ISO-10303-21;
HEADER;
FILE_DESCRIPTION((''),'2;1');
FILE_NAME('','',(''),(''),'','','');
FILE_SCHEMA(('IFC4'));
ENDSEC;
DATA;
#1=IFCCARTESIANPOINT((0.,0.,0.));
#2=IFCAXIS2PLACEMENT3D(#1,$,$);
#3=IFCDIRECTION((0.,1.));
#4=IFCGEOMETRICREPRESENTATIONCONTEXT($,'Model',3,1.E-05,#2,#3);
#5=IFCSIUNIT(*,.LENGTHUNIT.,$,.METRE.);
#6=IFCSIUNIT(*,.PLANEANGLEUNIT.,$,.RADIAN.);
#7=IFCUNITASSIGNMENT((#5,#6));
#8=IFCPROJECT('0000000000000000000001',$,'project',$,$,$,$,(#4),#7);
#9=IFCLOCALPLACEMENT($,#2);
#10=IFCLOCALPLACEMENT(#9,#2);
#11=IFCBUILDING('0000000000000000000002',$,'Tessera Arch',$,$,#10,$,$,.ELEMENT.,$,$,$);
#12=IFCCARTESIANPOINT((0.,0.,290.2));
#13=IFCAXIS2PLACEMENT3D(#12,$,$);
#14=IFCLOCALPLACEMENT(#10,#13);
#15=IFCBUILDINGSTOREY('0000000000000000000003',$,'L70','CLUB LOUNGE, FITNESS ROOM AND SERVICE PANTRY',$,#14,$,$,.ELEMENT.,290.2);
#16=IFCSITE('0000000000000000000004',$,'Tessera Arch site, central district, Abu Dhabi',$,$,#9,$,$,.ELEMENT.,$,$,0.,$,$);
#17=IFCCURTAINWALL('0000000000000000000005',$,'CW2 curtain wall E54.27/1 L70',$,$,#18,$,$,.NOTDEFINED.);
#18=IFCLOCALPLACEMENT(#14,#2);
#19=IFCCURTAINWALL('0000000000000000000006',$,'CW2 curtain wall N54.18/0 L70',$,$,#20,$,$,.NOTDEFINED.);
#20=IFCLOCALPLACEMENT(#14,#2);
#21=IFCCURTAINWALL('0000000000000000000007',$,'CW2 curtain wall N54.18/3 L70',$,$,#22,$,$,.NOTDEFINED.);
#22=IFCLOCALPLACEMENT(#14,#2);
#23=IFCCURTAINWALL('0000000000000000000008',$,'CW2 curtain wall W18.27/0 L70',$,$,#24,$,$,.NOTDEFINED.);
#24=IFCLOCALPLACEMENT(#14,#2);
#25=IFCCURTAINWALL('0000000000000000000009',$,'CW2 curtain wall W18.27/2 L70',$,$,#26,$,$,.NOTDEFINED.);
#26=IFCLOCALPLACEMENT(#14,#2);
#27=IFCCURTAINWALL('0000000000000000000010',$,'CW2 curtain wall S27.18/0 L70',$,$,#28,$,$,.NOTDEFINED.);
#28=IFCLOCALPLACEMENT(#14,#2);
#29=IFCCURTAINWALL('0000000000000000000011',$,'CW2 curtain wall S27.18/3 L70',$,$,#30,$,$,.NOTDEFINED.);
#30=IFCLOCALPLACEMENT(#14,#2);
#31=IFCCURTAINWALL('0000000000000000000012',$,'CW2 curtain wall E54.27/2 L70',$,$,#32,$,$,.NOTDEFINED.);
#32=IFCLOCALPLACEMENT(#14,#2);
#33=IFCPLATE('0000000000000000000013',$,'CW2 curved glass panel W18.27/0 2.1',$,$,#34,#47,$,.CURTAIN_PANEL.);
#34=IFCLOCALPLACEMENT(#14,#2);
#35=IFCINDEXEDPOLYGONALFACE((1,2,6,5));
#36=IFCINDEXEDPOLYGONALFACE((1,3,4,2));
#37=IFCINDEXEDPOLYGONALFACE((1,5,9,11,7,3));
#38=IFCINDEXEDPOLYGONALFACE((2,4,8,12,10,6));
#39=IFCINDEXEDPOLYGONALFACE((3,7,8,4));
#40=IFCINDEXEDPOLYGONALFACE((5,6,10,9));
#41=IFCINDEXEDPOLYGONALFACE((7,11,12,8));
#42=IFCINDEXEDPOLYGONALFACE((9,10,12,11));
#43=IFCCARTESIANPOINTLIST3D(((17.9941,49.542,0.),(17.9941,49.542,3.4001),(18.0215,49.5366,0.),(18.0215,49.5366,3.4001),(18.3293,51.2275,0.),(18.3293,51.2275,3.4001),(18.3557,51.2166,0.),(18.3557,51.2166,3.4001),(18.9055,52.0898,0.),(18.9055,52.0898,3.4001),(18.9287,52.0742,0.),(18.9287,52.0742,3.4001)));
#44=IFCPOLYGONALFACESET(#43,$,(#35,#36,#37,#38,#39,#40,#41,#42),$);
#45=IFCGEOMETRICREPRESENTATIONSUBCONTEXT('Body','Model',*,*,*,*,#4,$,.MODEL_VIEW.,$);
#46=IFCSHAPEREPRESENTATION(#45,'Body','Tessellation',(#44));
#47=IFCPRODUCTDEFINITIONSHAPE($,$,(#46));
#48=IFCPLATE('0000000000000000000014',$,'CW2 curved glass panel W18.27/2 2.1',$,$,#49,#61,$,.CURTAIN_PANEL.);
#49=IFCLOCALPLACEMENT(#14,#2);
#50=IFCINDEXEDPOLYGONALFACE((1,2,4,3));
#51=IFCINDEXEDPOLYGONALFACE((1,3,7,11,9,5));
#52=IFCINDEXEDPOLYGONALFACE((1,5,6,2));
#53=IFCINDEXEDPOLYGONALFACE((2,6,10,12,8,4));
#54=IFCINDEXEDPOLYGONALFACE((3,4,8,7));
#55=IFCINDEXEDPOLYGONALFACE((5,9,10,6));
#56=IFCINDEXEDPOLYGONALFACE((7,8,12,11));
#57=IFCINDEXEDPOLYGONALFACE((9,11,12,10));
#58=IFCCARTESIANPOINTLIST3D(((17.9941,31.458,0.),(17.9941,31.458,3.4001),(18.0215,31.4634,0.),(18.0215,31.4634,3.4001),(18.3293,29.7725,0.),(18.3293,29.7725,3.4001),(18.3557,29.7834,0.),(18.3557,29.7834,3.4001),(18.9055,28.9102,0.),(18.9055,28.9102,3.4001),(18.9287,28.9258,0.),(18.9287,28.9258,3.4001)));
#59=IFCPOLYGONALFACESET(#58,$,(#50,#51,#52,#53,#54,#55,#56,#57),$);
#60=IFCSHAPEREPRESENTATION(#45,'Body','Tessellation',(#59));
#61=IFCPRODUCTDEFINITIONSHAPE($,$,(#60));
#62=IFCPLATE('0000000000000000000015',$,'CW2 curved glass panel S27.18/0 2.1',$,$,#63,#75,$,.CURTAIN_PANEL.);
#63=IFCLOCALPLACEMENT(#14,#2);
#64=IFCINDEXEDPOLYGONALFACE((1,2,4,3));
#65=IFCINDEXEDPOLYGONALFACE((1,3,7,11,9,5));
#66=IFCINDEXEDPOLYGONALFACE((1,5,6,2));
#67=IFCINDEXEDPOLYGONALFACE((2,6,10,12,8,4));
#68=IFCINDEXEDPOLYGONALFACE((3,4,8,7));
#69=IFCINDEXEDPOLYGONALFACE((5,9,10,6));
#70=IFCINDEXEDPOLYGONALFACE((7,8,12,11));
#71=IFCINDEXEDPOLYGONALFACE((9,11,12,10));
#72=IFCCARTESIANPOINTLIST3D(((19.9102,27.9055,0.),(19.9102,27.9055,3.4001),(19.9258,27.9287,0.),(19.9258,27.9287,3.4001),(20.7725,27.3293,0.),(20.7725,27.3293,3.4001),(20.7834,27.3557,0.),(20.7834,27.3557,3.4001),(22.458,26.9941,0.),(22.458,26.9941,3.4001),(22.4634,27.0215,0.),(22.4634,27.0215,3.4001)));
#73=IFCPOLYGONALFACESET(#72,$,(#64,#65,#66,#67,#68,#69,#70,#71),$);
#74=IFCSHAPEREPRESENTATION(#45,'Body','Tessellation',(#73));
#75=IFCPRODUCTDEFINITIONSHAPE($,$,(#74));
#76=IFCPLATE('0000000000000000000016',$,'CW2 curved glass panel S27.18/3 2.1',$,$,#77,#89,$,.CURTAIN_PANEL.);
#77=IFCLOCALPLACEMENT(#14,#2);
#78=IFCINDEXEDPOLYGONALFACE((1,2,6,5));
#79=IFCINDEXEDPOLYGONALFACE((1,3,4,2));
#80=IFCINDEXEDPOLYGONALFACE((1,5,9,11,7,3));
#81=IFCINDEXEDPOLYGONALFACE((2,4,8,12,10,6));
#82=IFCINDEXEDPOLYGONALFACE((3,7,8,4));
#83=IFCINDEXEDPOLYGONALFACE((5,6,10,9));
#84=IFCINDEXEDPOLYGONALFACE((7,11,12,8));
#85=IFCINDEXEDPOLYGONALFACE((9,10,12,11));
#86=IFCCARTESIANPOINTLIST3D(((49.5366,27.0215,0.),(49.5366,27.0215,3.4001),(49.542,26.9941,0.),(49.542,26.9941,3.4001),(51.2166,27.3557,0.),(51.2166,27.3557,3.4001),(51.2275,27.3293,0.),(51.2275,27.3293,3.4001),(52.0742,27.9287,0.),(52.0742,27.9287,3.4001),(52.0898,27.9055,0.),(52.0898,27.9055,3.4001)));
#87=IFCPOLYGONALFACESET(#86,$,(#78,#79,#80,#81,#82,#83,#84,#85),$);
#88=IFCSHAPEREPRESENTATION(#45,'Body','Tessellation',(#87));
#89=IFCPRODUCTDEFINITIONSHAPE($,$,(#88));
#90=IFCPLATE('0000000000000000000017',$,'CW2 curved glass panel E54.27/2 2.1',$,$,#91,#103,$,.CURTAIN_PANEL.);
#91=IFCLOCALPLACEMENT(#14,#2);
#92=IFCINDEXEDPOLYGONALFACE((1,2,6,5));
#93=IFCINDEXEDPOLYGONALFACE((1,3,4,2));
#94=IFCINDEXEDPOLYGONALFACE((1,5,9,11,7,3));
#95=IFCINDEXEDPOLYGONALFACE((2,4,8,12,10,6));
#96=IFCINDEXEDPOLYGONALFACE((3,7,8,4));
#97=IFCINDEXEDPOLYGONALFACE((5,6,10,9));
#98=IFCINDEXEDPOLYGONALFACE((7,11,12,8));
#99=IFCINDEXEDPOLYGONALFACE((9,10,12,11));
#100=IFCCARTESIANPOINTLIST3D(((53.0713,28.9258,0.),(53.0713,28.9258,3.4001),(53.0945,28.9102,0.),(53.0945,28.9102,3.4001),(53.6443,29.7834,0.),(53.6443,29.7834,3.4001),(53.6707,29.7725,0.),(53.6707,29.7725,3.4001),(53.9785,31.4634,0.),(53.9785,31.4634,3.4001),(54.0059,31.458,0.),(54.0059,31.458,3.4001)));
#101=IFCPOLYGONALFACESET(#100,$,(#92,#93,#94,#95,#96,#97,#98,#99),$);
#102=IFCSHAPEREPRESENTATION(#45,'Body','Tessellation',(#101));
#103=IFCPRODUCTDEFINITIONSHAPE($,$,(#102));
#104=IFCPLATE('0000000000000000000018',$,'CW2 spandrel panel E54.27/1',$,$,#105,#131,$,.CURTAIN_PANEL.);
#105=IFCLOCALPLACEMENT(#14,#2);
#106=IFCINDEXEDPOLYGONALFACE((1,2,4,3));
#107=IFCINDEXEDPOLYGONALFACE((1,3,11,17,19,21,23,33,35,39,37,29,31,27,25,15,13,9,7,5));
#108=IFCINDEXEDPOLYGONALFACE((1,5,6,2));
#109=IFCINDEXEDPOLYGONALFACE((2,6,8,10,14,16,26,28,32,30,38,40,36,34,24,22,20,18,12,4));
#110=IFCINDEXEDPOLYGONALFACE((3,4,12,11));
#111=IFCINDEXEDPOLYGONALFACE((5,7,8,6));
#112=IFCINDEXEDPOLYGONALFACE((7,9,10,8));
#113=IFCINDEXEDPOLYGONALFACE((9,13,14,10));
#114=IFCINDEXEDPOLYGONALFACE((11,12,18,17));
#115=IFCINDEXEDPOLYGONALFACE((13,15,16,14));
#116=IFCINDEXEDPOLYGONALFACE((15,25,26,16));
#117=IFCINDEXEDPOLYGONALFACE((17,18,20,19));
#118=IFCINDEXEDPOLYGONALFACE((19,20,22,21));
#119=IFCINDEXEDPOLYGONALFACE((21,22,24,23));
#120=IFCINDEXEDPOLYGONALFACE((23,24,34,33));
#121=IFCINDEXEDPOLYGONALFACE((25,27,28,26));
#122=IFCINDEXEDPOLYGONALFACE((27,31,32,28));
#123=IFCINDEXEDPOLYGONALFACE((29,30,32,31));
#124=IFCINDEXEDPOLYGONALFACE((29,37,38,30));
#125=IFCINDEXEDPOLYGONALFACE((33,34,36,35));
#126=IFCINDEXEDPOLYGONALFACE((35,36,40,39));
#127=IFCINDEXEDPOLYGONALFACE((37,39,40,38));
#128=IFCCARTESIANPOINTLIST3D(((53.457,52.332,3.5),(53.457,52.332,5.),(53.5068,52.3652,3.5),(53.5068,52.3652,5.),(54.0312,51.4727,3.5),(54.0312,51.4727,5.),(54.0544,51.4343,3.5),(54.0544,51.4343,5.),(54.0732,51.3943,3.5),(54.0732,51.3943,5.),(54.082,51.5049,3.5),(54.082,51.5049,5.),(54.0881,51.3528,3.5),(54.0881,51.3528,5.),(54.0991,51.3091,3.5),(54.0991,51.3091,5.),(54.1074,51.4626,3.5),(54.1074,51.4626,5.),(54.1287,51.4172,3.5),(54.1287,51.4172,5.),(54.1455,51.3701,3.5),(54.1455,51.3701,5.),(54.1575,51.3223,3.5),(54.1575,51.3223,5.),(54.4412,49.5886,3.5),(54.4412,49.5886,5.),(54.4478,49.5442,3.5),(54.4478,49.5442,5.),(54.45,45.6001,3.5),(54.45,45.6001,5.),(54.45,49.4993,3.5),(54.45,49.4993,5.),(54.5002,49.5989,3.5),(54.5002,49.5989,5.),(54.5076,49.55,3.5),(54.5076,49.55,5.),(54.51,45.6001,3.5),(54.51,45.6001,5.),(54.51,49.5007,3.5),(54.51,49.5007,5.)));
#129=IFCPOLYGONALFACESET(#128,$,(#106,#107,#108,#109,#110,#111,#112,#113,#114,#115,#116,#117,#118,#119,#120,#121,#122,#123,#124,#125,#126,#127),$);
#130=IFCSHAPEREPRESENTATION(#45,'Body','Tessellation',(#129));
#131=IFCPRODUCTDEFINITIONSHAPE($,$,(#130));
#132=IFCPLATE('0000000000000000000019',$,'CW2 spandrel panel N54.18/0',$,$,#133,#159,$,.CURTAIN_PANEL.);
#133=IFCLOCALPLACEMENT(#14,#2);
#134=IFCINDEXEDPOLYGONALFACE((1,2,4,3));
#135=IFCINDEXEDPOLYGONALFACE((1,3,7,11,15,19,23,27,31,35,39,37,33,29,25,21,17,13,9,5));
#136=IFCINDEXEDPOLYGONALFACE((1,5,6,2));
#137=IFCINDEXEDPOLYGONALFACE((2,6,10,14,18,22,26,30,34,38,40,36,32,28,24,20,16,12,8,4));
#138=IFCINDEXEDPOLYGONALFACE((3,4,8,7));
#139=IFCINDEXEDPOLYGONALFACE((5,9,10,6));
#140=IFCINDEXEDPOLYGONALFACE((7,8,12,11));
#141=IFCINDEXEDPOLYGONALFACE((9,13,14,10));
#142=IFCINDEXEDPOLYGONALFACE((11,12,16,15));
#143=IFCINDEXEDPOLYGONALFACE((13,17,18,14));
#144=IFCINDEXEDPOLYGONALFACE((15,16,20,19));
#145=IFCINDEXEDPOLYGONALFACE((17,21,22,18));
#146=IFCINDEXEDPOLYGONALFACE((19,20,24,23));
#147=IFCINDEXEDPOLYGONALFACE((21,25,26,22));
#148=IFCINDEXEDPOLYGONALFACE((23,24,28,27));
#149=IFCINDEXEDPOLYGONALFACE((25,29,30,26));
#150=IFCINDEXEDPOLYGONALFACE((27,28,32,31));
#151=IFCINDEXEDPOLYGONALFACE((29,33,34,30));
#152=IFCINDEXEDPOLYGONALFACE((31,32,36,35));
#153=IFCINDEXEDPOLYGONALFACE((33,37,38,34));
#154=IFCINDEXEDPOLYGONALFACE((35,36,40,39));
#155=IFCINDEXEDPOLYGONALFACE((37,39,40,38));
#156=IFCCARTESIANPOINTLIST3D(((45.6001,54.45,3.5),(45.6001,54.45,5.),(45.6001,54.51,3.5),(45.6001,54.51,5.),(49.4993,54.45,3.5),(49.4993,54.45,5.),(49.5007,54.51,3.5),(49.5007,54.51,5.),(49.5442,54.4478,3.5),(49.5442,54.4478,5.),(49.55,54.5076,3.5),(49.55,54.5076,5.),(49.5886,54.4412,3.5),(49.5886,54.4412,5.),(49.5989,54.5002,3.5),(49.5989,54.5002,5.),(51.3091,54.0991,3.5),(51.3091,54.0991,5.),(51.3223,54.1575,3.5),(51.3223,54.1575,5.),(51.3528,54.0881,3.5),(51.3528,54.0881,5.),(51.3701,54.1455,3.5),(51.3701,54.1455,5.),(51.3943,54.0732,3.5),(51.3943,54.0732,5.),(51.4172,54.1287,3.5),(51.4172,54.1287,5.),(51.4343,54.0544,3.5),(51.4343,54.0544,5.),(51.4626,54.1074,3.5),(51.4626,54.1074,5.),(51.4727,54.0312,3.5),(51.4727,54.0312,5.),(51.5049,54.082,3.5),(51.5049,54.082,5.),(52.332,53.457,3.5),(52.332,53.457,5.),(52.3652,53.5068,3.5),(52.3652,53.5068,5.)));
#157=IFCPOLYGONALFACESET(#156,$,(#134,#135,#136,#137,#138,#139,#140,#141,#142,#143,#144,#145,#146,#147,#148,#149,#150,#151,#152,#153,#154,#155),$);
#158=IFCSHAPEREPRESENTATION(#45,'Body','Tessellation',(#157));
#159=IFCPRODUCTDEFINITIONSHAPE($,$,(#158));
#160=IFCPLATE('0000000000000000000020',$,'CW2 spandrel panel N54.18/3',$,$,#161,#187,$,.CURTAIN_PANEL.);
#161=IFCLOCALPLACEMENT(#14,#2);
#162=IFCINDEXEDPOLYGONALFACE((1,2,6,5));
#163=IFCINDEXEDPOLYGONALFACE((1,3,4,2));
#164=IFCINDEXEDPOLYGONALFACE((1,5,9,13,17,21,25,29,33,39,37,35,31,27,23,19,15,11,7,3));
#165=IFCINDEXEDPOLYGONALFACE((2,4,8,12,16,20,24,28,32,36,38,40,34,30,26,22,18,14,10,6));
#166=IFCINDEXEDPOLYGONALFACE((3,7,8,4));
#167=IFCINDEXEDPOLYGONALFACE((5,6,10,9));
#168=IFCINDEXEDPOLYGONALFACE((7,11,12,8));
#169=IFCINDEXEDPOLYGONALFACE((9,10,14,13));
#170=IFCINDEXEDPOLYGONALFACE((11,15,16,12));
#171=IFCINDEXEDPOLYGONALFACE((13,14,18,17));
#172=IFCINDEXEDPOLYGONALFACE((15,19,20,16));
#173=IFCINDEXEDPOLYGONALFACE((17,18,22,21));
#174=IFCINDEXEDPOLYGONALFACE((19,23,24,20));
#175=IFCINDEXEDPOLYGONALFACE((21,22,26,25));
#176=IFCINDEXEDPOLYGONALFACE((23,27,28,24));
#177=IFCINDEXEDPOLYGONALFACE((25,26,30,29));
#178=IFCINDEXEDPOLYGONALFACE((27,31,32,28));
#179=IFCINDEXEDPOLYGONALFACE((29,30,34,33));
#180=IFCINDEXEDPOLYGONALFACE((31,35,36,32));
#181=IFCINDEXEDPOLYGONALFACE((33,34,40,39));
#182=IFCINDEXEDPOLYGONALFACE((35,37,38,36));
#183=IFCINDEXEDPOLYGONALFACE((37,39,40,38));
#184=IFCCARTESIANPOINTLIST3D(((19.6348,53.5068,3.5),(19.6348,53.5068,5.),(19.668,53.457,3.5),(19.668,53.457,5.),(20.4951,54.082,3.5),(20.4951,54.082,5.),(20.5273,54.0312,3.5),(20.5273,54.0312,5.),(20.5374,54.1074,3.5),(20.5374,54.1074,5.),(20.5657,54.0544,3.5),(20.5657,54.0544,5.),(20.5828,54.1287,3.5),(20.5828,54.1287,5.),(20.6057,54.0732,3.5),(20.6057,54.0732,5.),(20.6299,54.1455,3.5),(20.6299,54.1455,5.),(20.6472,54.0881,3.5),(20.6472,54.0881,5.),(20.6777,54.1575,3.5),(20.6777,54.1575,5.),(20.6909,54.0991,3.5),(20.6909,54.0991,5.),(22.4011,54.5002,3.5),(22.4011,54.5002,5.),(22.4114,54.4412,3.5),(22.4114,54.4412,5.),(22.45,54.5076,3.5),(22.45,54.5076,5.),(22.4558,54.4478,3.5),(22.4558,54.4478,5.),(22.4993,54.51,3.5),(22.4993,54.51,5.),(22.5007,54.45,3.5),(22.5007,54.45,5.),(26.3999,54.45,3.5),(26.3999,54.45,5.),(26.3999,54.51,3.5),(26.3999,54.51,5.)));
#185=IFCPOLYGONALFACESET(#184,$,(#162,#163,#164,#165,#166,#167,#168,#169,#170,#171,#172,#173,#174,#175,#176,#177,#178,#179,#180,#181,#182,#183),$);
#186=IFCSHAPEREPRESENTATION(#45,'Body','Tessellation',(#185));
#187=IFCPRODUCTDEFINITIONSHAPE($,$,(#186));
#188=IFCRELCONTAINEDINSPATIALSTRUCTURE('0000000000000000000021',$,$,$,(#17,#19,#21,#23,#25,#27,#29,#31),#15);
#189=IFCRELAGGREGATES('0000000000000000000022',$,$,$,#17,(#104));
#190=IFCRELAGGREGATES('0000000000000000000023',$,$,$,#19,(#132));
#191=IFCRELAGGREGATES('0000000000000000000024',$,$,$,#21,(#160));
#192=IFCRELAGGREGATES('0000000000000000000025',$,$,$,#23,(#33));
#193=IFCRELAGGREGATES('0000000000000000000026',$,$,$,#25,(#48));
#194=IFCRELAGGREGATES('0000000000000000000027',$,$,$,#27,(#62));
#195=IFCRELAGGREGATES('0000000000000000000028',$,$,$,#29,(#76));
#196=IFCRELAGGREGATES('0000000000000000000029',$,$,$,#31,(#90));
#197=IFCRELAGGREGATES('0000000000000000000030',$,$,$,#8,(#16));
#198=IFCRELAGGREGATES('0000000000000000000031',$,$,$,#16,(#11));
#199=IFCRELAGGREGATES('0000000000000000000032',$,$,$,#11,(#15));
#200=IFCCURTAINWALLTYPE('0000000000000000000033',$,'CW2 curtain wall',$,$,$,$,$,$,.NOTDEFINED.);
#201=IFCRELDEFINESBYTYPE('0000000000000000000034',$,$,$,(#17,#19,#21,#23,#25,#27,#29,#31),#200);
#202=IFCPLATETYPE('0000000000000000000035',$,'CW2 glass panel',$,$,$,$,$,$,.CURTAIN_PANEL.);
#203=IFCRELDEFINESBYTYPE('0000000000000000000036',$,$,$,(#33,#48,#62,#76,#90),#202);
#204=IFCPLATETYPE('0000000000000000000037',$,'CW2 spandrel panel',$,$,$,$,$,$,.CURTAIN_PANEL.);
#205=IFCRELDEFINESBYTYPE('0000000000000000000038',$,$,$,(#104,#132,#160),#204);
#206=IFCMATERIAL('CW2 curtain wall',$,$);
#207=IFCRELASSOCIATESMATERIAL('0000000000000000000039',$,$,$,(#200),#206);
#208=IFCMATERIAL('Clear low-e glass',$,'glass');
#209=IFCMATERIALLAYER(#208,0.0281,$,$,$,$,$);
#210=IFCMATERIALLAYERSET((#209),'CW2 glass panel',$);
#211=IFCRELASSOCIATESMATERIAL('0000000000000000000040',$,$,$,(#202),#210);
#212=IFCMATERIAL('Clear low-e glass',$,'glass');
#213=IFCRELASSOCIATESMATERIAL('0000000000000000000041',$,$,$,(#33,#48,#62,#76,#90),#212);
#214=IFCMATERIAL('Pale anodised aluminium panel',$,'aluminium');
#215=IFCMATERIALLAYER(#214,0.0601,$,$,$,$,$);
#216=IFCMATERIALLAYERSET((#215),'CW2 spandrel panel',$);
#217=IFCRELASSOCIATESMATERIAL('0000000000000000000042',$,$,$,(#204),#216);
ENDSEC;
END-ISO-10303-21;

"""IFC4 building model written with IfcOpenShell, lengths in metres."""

from ifc_helpers import new_model, si_unit, direction, frame, origin, place, context, subcontext, project, spatial, polyline, outline, extrude, material, layer, layer_set, type_object, element, aggregate, save


model = new_model("IFC4")

# Units and contexts
model_context = context("Model", 3, precision=1e-05, world=origin(), true_north=direction((0.0, 1.0)))
body_context = subcontext(model_context, "Body", "Model", "MODEL_VIEW")
ifc_project = project(units=[si_unit("LENGTHUNIT", "METRE"), si_unit("PLANEANGLEUNIT", "RADIAN")], contexts=[model_context])

# Site, building, storey
site_placement = place(None, origin())
site = spatial("IfcSite", under=ifc_project, at=site_placement, Name="Tessera Arch site, central district, Abu Dhabi", CompositionType="ELEMENT", RefElevation=0.0)
building_placement = place(site_placement, origin())
building = spatial("IfcBuilding", under=site, at=building_placement, Name="Tessera Arch", CompositionType="ELEMENT")
storey_placement = place(building_placement, frame((0.0, 0.0, 290.2)))
storey = spatial("IfcBuildingStorey", under=building, at=storey_placement, Name="L70", Description="CLUB LOUNGE, FITNESS ROOM AND SERVICE PANTRY", CompositionType="ELEMENT", Elevation=290.2)

# Curtain walls
ifc_material_1 = material(Name="CW2 curtain wall")
curtain_wall_type = type_object("IfcCurtainWallType", Name="CW2 curtain wall", PredefinedType="NOTDEFINED", material=ifc_material_1)
curtain_wall_1_placement = place(storey_placement, origin())
curtain_wall_1 = element("IfcCurtainWall", 1, at=curtain_wall_1_placement, inside=storey, type_object=curtain_wall_type, Name="CW2 curtain wall E54.27/1 L70", PredefinedType="NOTDEFINED")
curtain_wall_2_placement = place(storey_placement, origin())
curtain_wall_2 = element("IfcCurtainWall", 2, at=curtain_wall_2_placement, inside=storey, type_object=curtain_wall_type, Name="CW2 curtain wall N54.18/0 L70", PredefinedType="NOTDEFINED")
curtain_wall_3_placement = place(storey_placement, origin())
curtain_wall_3 = element("IfcCurtainWall", 3, at=curtain_wall_3_placement, inside=storey, type_object=curtain_wall_type, Name="CW2 curtain wall N54.18/3 L70", PredefinedType="NOTDEFINED")
curtain_wall_4_placement = place(storey_placement, origin())
curtain_wall_4 = element("IfcCurtainWall", 4, at=curtain_wall_4_placement, inside=storey, type_object=curtain_wall_type, Name="CW2 curtain wall W18.27/0 L70", PredefinedType="NOTDEFINED")
curtain_wall_5_placement = place(storey_placement, origin())
curtain_wall_5 = element("IfcCurtainWall", 5, at=curtain_wall_5_placement, inside=storey, type_object=curtain_wall_type, Name="CW2 curtain wall W18.27/2 L70", PredefinedType="NOTDEFINED")
curtain_wall_6_placement = place(storey_placement, origin())
curtain_wall_6 = element("IfcCurtainWall", 6, at=curtain_wall_6_placement, inside=storey, type_object=curtain_wall_type, Name="CW2 curtain wall S27.18/0 L70", PredefinedType="NOTDEFINED")
curtain_wall_7_placement = place(storey_placement, origin())
curtain_wall_7 = element("IfcCurtainWall", 7, at=curtain_wall_7_placement, inside=storey, type_object=curtain_wall_type, Name="CW2 curtain wall S27.18/3 L70", PredefinedType="NOTDEFINED")
curtain_wall_8_placement = place(storey_placement, origin())
curtain_wall_8 = element("IfcCurtainWall", 8, at=curtain_wall_8_placement, inside=storey, type_object=curtain_wall_type, Name="CW2 curtain wall E54.27/2 L70", PredefinedType="NOTDEFINED")

# Plates
ifc_material_2 = material(Name="Clear low-e glass", Category="glass")
ifc_material_3 = material(Name="Clear low-e glass", Category="glass")
ifc_layer_1 = layer(ifc_material_3, 0.0281)
ifc_layer_set_1 = layer_set([ifc_layer_1], Name="CW2 glass panel")
plate_type_1 = type_object("IfcPlateType", Name="CW2 glass panel", PredefinedType="CURTAIN_PANEL", material=ifc_layer_set_1)
plate_1_placement = place(storey_placement, origin())
plate_1 = element("IfcPlate", 9, at=plate_1_placement, type_object=plate_type_1, material=ifc_material_2, Name="CW2 curved glass panel W18.27/0 2.1", PredefinedType="CURTAIN_PANEL", context=body_context, shape_type="SweptSolid", body=[
    extrude(outline(polyline([(18.3557, 51.2166), (18.9287, 52.0742), (18.9055, 52.0898), (18.3293, 51.2275), (17.9941, 49.542), (18.0215, 49.5366), (18.3557, 51.2166)])), origin(), (0.0, 0.0, 1.0), 3.4001),
])
plate_2_placement = place(storey_placement, origin())
plate_2 = element("IfcPlate", 10, at=plate_2_placement, type_object=plate_type_1, material=ifc_material_2, Name="CW2 curved glass panel W18.27/2 2.1", PredefinedType="CURTAIN_PANEL", context=body_context, shape_type="SweptSolid", body=[
    extrude(outline(polyline([(18.3557, 29.7834), (18.0215, 31.4634), (17.9941, 31.458), (18.3293, 29.7725), (18.9055, 28.9102), (18.9287, 28.9258), (18.3557, 29.7834)])), origin(), (0.0, 0.0, 1.0), 3.4001),
])
plate_3_placement = place(storey_placement, origin())
plate_3 = element("IfcPlate", 11, at=plate_3_placement, type_object=plate_type_1, material=ifc_material_2, Name="CW2 curved glass panel S27.18/0 2.1", PredefinedType="CURTAIN_PANEL", context=body_context, shape_type="SweptSolid", body=[
    extrude(outline(polyline([(20.7834, 27.3557), (19.9258, 27.9287), (19.9102, 27.9055), (20.7725, 27.3293), (22.458, 26.9941), (22.4634, 27.0215), (20.7834, 27.3557)])), origin(), (0.0, 0.0, 1.0), 3.4001),
])
plate_4_placement = place(storey_placement, origin())
plate_4 = element("IfcPlate", 12, at=plate_4_placement, type_object=plate_type_1, material=ifc_material_2, Name="CW2 curved glass panel S27.18/3 2.1", PredefinedType="CURTAIN_PANEL", context=body_context, shape_type="SweptSolid", body=[
    extrude(outline(polyline([(51.2166, 27.3557), (49.5366, 27.0215), (49.542, 26.9941), (51.2275, 27.3293), (52.0898, 27.9055), (52.0742, 27.9287), (51.2166, 27.3557)])), origin(), (0.0, 0.0, 1.0), 3.4001),
])
plate_5_placement = place(storey_placement, origin())
plate_5 = element("IfcPlate", 13, at=plate_5_placement, type_object=plate_type_1, material=ifc_material_2, Name="CW2 curved glass panel E54.27/2 2.1", PredefinedType="CURTAIN_PANEL", context=body_context, shape_type="SweptSolid", body=[
    extrude(outline(polyline([(53.6443, 29.7834), (53.0713, 28.9258), (53.0945, 28.9102), (53.6707, 29.7725), (54.0059, 31.458), (53.9785, 31.4634), (53.6443, 29.7834)])), origin(), (0.0, 0.0, 1.0), 3.4001),
])
ifc_material_4 = material(Name="Pale anodised aluminium panel", Category="aluminium")
ifc_layer_2 = layer(ifc_material_4, 0.0601)
ifc_layer_set_2 = layer_set([ifc_layer_2], Name="CW2 spandrel panel")
plate_type_2 = type_object("IfcPlateType", Name="CW2 spandrel panel", PredefinedType="CURTAIN_PANEL", material=ifc_layer_set_2)
plate_6_placement = place(storey_placement, frame((0.0, 0.0, 3.5)))
plate_6 = element("IfcPlate", 14, at=plate_6_placement, type_object=plate_type_2, Name="CW2 spandrel panel E54.27/1", PredefinedType="CURTAIN_PANEL", context=body_context, shape_type="SweptSolid", body=[
    extrude(outline(polyline([(54.45, 49.4993), (54.45, 45.6001), (54.51, 45.6001), (54.51, 49.5007), (54.5076, 49.55), (54.5002, 49.5989), (54.1575, 51.3223), (54.1455, 51.3701), (54.1287, 51.4172), (54.1074, 51.4626), (54.082, 51.5049), (53.5068, 52.3652), (53.457, 52.332), (54.0312, 51.4727), (54.0544, 51.4343), (54.0732, 51.3943), (54.0881, 51.3528), (54.0991, 51.3091), (54.4412, 49.5886), (54.4478, 49.5442), (54.45, 49.4993)])), origin(), (0.0, 0.0, 1.0), 1.5),
])
aggregate(curtain_wall_1, [plate_6])
plate_7_placement = place(storey_placement, frame((0.0, 0.0, 3.5)))
plate_7 = element("IfcPlate", 15, at=plate_7_placement, type_object=plate_type_2, Name="CW2 spandrel panel N54.18/0", PredefinedType="CURTAIN_PANEL", context=body_context, shape_type="SweptSolid", body=[
    extrude(outline(polyline([(51.4727, 54.0312), (52.332, 53.457), (52.3652, 53.5068), (51.5049, 54.082), (51.4626, 54.1074), (51.4172, 54.1287), (51.3701, 54.1455), (51.3223, 54.1575), (49.5989, 54.5002), (49.55, 54.5076), (49.5007, 54.51), (45.6001, 54.51), (45.6001, 54.45), (49.4993, 54.45), (49.5442, 54.4478), (49.5886, 54.4412), (51.3091, 54.0991), (51.3528, 54.0881), (51.3943, 54.0732), (51.4343, 54.0544), (51.4727, 54.0312)])), origin(), (0.0, 0.0, 1.0), 1.5),
])
aggregate(curtain_wall_2, [plate_7])
plate_8_placement = place(storey_placement, frame((0.0, 0.0, 3.5)))
plate_8 = element("IfcPlate", 16, at=plate_8_placement, type_object=plate_type_2, Name="CW2 spandrel panel N54.18/3", PredefinedType="CURTAIN_PANEL", context=body_context, shape_type="SweptSolid", body=[
    extrude(outline(polyline([(22.5007, 54.45), (26.3999, 54.45), (26.3999, 54.51), (22.4993, 54.51), (22.45, 54.5076), (22.4011, 54.5002), (20.6777, 54.1575), (20.6299, 54.1455), (20.5828, 54.1287), (20.5374, 54.1074), (20.4951, 54.082), (19.6348, 53.5068), (19.668, 53.457), (20.5273, 54.0312), (20.5657, 54.0544), (20.6057, 54.0732), (20.6472, 54.0881), (20.6909, 54.0991), (22.4114, 54.4412), (22.4558, 54.4478), (22.5007, 54.45)])), origin(), (0.0, 0.0, 1.0), 1.5),
])
aggregate(curtain_wall_3, [plate_8])
aggregate(curtain_wall_4, [plate_1])
aggregate(curtain_wall_5, [plate_2])
aggregate(curtain_wall_6, [plate_3])
aggregate(curtain_wall_7, [plate_4])
aggregate(curtain_wall_8, [plate_5])

save(model, "model.ifc")
